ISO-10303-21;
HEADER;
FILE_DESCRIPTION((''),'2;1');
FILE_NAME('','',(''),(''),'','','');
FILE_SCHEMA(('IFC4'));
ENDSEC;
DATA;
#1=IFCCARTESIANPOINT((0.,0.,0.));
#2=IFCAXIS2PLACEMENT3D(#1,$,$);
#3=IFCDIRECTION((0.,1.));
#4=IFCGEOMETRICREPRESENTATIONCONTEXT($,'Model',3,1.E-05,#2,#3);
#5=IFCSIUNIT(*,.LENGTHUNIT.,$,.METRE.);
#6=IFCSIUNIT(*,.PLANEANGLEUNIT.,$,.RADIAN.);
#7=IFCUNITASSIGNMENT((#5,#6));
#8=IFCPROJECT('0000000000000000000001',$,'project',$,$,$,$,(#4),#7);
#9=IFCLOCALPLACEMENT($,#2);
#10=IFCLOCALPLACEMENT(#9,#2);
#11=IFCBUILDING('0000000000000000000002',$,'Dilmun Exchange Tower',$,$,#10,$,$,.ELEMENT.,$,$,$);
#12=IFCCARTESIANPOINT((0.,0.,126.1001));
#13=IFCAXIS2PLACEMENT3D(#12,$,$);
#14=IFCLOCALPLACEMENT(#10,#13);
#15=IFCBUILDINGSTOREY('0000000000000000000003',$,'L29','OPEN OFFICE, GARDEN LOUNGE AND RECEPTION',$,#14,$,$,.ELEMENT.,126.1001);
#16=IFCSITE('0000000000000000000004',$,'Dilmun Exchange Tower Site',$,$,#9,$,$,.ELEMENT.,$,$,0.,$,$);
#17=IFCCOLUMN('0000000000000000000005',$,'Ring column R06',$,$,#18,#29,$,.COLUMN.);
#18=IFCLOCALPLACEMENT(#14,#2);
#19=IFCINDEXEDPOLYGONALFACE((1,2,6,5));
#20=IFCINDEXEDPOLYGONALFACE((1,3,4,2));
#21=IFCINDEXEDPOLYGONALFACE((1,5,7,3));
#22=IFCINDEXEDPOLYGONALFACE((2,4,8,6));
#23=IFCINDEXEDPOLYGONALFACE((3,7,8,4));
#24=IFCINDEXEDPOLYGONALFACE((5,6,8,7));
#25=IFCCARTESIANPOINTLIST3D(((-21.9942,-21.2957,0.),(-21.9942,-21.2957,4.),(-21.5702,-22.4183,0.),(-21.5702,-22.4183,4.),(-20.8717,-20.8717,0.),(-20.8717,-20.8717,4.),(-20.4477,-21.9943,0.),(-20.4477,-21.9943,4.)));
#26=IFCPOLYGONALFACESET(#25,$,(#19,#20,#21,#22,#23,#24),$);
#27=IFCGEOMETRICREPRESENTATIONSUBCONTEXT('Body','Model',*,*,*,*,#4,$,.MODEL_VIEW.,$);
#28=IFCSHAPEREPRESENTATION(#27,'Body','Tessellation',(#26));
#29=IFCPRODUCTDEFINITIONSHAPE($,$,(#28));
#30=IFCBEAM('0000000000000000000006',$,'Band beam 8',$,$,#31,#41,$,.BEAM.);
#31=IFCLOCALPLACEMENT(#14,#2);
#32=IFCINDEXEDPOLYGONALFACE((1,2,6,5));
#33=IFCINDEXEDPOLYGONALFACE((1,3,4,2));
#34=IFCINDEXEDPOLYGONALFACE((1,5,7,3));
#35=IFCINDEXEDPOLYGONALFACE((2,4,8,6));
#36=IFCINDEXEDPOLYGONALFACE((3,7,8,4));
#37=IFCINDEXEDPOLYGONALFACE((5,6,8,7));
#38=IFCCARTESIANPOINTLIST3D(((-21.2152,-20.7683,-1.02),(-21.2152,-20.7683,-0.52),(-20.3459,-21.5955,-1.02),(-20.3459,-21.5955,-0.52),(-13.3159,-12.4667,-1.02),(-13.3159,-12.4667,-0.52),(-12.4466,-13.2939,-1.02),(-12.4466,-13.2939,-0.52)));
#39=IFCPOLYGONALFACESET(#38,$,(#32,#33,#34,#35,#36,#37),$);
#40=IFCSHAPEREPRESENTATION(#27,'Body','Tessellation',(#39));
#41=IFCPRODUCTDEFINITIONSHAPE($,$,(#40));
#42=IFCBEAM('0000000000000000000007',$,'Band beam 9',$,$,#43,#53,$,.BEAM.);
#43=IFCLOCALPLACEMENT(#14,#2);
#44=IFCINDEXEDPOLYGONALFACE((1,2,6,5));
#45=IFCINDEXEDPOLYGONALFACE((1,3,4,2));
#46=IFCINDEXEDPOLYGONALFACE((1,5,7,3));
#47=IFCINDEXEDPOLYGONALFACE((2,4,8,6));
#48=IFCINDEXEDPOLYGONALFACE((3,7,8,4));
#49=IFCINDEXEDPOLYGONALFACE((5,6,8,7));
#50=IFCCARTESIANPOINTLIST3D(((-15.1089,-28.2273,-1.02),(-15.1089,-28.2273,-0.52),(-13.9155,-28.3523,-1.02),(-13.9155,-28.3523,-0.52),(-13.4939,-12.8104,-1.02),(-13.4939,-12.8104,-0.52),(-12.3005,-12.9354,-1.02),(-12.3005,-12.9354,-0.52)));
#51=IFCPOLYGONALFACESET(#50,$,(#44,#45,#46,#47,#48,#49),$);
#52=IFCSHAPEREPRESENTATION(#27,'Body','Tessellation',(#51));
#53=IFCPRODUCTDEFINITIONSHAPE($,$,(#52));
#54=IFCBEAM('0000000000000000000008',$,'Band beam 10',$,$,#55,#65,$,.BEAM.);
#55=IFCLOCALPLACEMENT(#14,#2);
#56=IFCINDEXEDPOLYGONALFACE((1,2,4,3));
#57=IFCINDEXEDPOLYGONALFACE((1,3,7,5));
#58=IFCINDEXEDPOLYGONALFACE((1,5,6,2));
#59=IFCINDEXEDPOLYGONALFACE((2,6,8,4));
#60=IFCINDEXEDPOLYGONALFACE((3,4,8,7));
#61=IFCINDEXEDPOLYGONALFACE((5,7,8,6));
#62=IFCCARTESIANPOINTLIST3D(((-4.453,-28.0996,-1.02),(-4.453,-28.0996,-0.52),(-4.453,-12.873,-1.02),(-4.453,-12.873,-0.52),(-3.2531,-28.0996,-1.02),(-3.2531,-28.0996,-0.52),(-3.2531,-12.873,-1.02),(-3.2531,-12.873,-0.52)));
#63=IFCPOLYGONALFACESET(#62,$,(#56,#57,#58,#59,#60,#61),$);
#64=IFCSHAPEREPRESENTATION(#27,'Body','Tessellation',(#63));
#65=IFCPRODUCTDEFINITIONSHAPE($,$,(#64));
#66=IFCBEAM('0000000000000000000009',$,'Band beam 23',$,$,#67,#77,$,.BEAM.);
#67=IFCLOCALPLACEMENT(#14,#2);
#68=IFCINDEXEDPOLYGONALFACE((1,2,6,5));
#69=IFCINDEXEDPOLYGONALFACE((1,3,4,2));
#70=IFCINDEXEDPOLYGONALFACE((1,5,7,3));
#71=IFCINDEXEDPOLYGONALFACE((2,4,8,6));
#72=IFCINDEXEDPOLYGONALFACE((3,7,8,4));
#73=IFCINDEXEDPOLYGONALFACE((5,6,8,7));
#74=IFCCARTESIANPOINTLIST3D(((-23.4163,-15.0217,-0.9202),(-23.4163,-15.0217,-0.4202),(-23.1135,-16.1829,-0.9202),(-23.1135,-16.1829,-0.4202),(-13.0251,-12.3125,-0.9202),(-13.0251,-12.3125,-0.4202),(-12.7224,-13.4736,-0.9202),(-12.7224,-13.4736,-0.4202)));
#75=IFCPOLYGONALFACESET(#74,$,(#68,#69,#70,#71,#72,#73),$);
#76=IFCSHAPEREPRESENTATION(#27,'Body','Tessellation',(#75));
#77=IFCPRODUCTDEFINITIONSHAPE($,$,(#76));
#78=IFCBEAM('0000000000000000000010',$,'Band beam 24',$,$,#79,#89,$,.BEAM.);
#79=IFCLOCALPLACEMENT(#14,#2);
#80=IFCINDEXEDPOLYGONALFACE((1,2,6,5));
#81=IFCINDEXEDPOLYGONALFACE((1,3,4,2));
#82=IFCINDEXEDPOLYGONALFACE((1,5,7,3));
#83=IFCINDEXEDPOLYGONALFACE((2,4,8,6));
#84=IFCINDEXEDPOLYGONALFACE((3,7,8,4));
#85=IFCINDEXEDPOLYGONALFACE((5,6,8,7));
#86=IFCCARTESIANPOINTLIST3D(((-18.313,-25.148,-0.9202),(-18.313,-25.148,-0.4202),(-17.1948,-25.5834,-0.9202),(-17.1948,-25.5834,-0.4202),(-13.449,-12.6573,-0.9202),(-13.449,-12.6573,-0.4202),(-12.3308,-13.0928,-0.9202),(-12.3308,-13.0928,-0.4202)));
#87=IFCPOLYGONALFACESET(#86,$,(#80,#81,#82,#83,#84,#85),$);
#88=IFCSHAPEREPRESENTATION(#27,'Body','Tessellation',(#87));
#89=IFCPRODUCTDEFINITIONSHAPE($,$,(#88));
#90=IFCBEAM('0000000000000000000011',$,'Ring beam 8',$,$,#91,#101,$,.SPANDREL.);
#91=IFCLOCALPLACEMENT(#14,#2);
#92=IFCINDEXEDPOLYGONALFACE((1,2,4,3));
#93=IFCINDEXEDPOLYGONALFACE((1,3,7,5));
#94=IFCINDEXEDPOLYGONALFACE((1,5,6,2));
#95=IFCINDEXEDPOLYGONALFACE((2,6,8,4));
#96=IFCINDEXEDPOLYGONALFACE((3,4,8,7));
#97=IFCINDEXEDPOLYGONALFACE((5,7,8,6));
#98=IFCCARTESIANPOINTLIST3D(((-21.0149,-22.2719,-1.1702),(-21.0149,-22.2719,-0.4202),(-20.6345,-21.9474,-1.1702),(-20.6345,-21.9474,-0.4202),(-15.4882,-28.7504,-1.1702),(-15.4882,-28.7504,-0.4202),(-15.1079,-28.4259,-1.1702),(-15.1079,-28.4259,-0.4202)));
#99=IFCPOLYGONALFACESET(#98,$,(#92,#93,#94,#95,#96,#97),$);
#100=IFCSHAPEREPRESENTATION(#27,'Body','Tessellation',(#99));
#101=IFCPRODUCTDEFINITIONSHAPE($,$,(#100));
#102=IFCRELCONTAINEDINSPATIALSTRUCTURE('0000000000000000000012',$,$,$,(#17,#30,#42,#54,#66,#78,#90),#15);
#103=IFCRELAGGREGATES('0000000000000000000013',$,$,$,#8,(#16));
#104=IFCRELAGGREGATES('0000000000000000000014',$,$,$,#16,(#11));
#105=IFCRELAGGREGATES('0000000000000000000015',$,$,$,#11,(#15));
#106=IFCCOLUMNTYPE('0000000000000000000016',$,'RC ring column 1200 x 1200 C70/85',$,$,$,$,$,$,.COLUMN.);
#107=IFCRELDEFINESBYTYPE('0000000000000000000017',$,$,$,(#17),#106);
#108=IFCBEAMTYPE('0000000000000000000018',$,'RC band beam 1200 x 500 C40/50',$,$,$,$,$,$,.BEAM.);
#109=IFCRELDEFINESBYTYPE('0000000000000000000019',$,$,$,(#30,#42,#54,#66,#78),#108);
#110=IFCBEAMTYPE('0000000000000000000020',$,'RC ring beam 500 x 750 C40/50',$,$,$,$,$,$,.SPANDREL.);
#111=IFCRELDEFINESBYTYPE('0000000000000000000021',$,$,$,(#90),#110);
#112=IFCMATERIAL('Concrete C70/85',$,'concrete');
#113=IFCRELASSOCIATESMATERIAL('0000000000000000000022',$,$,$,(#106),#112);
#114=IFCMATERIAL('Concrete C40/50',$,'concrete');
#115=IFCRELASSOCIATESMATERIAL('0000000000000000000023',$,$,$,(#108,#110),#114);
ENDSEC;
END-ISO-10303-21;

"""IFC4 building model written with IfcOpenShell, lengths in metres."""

from ifc_helpers import new_model, si_unit, direction, frame, origin, origin_2d, place, context, subcontext, project, spatial, rectangle, extrude, material, material_profile, profile_set, type_object, element, save


model = new_model("IFC4")

# Units and contexts
model_context = context("Model", 3, precision=1e-05, world=origin(), true_north=direction((0.0, 1.0)))
body_context = subcontext(model_context, "Body", "Model", "MODEL_VIEW")
ifc_project = project(units=[si_unit("LENGTHUNIT", "METRE"), si_unit("PLANEANGLEUNIT", "RADIAN")], contexts=[model_context])

# Site, building, storey
site_placement = place(None, origin())
site = spatial("IfcSite", under=ifc_project, at=site_placement, Name="Dilmun Exchange Tower Site", CompositionType="ELEMENT", RefElevation=0.0)
building_placement = place(site_placement, origin())
building = spatial("IfcBuilding", under=site, at=building_placement, Name="Dilmun Exchange Tower", CompositionType="ELEMENT")
storey_placement = place(building_placement, frame((0.0, 0.0, 126.1001)))
storey = spatial("IfcBuildingStorey", under=building, at=storey_placement, Name="L29", Description="OPEN OFFICE, GARDEN LOUNGE AND RECEPTION", CompositionType="ELEMENT", Elevation=126.1001)

# Column
ifc_material_1 = material(Name="Concrete C70/85", Category="concrete")
ifc_material_profile_1 = material_profile(ifc_material_1, rectangle(XDim=1.2, YDim=1.2, at=origin_2d()), Name="1200 x 1200")
ifc_profile_set_1 = profile_set([ifc_material_profile_1], Name="Concrete C70/85")
column_type = type_object("IfcColumnType", Name="RC ring column 1200 x 1200 C70/85", PredefinedType="COLUMN", material=ifc_profile_set_1)
column_placement = place(storey_placement, frame((-21.2209, -21.645, 0.0), z_axis=(0.0, 0.0, 1.0), x_axis=(0.935492, 0.353349, 0.0)))
element("IfcColumn", 1, at=column_placement, inside=storey, type_object=column_type, Name="Ring column R06", PredefinedType="COLUMN", context=body_context, shape_type="SweptSolid", body=[
    extrude(rectangle(XDim=1.2, YDim=1.2, at=origin_2d()), origin(), (0.0, 0.0, 1.0), 4.0),
])

# Beams
ifc_material_2 = material(Name="Concrete C40/50", Category="concrete")
ifc_material_profile_2 = material_profile(ifc_material_2, rectangle(XDim=1.2, YDim=0.5, at=origin_2d()), Name="1200 x 500")
ifc_profile_set_2 = profile_set([ifc_material_profile_2], Name="Concrete C40/50")
beam_type_1 = type_object("IfcBeamType", Name="RC band beam 1200 x 500 C40/50", PredefinedType="BEAM", material=ifc_profile_set_2)
beam_1_placement = place(storey_placement, frame((-20.7805, -21.1819, -0.77), z_axis=(0.689333, 0.724444, 0.0), x_axis=(-0.724444, 0.689333, 0.0)))
element("IfcBeam", 2, at=beam_1_placement, inside=storey, type_object=beam_type_1, Name="Band beam 8", PredefinedType="BEAM", context=body_context, shape_type="SweptSolid", body=[
    extrude(rectangle(XDim=1.2, YDim=0.5, at=origin_2d()), origin(), (0.0, 0.0, 1.0), 11.4592),
])
beam_2_placement = place(storey_placement, frame((-14.5122, -28.2898, -0.77), z_axis=(0.104185, 0.994558, 0.0), x_axis=(-0.994558, 0.104185, 0.0)))
element("IfcBeam", 3, at=beam_2_placement, inside=storey, type_object=beam_type_1, Name="Band beam 9", PredefinedType="BEAM", context=body_context, shape_type="SweptSolid", body=[
    extrude(rectangle(XDim=1.2, YDim=0.5, at=origin_2d()), origin(), (0.0, 0.0, 1.0), 15.5012),
])
beam_3_placement = place(storey_placement, frame((-3.853, -28.0996, -0.77), z_axis=(0.0, 1.0, 0.0), x_axis=(-1.0, 0.0, 0.0)))
element("IfcBeam", 4, at=beam_3_placement, inside=storey, type_object=beam_type_1, Name="Band beam 10", PredefinedType="BEAM", context=body_context, shape_type="SweptSolid", body=[
    extrude(rectangle(XDim=1.2, YDim=0.5, at=origin_2d()), origin(), (0.0, 0.0, 1.0), 15.2266),
])
beam_4_placement = place(storey_placement, frame((-23.2649, -15.6023, -0.6702), z_axis=(0.967651, 0.252291, 0.0), x_axis=(-0.252291, 0.967651, 0.0)))
element("IfcBeam", 5, at=beam_4_placement, inside=storey, type_object=beam_type_1, Name="Band beam 23", PredefinedType="BEAM", context=body_context, shape_type="SweptSolid", body=[
    extrude(rectangle(XDim=1.2, YDim=0.5, at=origin_2d()), origin(), (0.0, 0.0, 1.0), 10.7385),
])
beam_5_placement = place(storey_placement, frame((-17.7539, -25.3657, -0.6702), z_axis=(0.362868, 0.931841, 0.0), x_axis=(-0.931841, 0.362868, 0.0)))
element("IfcBeam", 6, at=beam_5_placement, inside=storey, type_object=beam_type_1, Name="Band beam 24", PredefinedType="BEAM", context=body_context, shape_type="SweptSolid", body=[
    extrude(rectangle(XDim=1.2, YDim=0.5, at=origin_2d()), origin(), (0.0, 0.0, 1.0), 13.4043),
])
ifc_material_profile_3 = material_profile(ifc_material_2, rectangle(XDim=0.5, YDim=0.75, at=origin_2d()), Name="500 x 750")
ifc_profile_set_3 = profile_set([ifc_material_profile_3], Name="Concrete C40/50")
beam_type_2 = type_object("IfcBeamType", Name="RC ring beam 500 x 750 C40/50", PredefinedType="SPANDREL", material=ifc_profile_set_3)
beam_6_placement = place(storey_placement, frame((-20.8247, -22.1096, -0.7952), z_axis=(0.649002, -0.760786, 0.0), x_axis=(0.760786, 0.649002, 0.0)))
element("IfcBeam", 7, at=beam_6_placement, inside=storey, type_object=beam_type_2, Name="Ring beam 8", PredefinedType="SPANDREL", context=body_context, shape_type="SweptSolid", body=[
    extrude(rectangle(XDim=0.5, YDim=0.75, at=origin_2d()), origin(), (0.0, 0.0, 1.0), 8.5156),
])

save(model, "model.ifc")
